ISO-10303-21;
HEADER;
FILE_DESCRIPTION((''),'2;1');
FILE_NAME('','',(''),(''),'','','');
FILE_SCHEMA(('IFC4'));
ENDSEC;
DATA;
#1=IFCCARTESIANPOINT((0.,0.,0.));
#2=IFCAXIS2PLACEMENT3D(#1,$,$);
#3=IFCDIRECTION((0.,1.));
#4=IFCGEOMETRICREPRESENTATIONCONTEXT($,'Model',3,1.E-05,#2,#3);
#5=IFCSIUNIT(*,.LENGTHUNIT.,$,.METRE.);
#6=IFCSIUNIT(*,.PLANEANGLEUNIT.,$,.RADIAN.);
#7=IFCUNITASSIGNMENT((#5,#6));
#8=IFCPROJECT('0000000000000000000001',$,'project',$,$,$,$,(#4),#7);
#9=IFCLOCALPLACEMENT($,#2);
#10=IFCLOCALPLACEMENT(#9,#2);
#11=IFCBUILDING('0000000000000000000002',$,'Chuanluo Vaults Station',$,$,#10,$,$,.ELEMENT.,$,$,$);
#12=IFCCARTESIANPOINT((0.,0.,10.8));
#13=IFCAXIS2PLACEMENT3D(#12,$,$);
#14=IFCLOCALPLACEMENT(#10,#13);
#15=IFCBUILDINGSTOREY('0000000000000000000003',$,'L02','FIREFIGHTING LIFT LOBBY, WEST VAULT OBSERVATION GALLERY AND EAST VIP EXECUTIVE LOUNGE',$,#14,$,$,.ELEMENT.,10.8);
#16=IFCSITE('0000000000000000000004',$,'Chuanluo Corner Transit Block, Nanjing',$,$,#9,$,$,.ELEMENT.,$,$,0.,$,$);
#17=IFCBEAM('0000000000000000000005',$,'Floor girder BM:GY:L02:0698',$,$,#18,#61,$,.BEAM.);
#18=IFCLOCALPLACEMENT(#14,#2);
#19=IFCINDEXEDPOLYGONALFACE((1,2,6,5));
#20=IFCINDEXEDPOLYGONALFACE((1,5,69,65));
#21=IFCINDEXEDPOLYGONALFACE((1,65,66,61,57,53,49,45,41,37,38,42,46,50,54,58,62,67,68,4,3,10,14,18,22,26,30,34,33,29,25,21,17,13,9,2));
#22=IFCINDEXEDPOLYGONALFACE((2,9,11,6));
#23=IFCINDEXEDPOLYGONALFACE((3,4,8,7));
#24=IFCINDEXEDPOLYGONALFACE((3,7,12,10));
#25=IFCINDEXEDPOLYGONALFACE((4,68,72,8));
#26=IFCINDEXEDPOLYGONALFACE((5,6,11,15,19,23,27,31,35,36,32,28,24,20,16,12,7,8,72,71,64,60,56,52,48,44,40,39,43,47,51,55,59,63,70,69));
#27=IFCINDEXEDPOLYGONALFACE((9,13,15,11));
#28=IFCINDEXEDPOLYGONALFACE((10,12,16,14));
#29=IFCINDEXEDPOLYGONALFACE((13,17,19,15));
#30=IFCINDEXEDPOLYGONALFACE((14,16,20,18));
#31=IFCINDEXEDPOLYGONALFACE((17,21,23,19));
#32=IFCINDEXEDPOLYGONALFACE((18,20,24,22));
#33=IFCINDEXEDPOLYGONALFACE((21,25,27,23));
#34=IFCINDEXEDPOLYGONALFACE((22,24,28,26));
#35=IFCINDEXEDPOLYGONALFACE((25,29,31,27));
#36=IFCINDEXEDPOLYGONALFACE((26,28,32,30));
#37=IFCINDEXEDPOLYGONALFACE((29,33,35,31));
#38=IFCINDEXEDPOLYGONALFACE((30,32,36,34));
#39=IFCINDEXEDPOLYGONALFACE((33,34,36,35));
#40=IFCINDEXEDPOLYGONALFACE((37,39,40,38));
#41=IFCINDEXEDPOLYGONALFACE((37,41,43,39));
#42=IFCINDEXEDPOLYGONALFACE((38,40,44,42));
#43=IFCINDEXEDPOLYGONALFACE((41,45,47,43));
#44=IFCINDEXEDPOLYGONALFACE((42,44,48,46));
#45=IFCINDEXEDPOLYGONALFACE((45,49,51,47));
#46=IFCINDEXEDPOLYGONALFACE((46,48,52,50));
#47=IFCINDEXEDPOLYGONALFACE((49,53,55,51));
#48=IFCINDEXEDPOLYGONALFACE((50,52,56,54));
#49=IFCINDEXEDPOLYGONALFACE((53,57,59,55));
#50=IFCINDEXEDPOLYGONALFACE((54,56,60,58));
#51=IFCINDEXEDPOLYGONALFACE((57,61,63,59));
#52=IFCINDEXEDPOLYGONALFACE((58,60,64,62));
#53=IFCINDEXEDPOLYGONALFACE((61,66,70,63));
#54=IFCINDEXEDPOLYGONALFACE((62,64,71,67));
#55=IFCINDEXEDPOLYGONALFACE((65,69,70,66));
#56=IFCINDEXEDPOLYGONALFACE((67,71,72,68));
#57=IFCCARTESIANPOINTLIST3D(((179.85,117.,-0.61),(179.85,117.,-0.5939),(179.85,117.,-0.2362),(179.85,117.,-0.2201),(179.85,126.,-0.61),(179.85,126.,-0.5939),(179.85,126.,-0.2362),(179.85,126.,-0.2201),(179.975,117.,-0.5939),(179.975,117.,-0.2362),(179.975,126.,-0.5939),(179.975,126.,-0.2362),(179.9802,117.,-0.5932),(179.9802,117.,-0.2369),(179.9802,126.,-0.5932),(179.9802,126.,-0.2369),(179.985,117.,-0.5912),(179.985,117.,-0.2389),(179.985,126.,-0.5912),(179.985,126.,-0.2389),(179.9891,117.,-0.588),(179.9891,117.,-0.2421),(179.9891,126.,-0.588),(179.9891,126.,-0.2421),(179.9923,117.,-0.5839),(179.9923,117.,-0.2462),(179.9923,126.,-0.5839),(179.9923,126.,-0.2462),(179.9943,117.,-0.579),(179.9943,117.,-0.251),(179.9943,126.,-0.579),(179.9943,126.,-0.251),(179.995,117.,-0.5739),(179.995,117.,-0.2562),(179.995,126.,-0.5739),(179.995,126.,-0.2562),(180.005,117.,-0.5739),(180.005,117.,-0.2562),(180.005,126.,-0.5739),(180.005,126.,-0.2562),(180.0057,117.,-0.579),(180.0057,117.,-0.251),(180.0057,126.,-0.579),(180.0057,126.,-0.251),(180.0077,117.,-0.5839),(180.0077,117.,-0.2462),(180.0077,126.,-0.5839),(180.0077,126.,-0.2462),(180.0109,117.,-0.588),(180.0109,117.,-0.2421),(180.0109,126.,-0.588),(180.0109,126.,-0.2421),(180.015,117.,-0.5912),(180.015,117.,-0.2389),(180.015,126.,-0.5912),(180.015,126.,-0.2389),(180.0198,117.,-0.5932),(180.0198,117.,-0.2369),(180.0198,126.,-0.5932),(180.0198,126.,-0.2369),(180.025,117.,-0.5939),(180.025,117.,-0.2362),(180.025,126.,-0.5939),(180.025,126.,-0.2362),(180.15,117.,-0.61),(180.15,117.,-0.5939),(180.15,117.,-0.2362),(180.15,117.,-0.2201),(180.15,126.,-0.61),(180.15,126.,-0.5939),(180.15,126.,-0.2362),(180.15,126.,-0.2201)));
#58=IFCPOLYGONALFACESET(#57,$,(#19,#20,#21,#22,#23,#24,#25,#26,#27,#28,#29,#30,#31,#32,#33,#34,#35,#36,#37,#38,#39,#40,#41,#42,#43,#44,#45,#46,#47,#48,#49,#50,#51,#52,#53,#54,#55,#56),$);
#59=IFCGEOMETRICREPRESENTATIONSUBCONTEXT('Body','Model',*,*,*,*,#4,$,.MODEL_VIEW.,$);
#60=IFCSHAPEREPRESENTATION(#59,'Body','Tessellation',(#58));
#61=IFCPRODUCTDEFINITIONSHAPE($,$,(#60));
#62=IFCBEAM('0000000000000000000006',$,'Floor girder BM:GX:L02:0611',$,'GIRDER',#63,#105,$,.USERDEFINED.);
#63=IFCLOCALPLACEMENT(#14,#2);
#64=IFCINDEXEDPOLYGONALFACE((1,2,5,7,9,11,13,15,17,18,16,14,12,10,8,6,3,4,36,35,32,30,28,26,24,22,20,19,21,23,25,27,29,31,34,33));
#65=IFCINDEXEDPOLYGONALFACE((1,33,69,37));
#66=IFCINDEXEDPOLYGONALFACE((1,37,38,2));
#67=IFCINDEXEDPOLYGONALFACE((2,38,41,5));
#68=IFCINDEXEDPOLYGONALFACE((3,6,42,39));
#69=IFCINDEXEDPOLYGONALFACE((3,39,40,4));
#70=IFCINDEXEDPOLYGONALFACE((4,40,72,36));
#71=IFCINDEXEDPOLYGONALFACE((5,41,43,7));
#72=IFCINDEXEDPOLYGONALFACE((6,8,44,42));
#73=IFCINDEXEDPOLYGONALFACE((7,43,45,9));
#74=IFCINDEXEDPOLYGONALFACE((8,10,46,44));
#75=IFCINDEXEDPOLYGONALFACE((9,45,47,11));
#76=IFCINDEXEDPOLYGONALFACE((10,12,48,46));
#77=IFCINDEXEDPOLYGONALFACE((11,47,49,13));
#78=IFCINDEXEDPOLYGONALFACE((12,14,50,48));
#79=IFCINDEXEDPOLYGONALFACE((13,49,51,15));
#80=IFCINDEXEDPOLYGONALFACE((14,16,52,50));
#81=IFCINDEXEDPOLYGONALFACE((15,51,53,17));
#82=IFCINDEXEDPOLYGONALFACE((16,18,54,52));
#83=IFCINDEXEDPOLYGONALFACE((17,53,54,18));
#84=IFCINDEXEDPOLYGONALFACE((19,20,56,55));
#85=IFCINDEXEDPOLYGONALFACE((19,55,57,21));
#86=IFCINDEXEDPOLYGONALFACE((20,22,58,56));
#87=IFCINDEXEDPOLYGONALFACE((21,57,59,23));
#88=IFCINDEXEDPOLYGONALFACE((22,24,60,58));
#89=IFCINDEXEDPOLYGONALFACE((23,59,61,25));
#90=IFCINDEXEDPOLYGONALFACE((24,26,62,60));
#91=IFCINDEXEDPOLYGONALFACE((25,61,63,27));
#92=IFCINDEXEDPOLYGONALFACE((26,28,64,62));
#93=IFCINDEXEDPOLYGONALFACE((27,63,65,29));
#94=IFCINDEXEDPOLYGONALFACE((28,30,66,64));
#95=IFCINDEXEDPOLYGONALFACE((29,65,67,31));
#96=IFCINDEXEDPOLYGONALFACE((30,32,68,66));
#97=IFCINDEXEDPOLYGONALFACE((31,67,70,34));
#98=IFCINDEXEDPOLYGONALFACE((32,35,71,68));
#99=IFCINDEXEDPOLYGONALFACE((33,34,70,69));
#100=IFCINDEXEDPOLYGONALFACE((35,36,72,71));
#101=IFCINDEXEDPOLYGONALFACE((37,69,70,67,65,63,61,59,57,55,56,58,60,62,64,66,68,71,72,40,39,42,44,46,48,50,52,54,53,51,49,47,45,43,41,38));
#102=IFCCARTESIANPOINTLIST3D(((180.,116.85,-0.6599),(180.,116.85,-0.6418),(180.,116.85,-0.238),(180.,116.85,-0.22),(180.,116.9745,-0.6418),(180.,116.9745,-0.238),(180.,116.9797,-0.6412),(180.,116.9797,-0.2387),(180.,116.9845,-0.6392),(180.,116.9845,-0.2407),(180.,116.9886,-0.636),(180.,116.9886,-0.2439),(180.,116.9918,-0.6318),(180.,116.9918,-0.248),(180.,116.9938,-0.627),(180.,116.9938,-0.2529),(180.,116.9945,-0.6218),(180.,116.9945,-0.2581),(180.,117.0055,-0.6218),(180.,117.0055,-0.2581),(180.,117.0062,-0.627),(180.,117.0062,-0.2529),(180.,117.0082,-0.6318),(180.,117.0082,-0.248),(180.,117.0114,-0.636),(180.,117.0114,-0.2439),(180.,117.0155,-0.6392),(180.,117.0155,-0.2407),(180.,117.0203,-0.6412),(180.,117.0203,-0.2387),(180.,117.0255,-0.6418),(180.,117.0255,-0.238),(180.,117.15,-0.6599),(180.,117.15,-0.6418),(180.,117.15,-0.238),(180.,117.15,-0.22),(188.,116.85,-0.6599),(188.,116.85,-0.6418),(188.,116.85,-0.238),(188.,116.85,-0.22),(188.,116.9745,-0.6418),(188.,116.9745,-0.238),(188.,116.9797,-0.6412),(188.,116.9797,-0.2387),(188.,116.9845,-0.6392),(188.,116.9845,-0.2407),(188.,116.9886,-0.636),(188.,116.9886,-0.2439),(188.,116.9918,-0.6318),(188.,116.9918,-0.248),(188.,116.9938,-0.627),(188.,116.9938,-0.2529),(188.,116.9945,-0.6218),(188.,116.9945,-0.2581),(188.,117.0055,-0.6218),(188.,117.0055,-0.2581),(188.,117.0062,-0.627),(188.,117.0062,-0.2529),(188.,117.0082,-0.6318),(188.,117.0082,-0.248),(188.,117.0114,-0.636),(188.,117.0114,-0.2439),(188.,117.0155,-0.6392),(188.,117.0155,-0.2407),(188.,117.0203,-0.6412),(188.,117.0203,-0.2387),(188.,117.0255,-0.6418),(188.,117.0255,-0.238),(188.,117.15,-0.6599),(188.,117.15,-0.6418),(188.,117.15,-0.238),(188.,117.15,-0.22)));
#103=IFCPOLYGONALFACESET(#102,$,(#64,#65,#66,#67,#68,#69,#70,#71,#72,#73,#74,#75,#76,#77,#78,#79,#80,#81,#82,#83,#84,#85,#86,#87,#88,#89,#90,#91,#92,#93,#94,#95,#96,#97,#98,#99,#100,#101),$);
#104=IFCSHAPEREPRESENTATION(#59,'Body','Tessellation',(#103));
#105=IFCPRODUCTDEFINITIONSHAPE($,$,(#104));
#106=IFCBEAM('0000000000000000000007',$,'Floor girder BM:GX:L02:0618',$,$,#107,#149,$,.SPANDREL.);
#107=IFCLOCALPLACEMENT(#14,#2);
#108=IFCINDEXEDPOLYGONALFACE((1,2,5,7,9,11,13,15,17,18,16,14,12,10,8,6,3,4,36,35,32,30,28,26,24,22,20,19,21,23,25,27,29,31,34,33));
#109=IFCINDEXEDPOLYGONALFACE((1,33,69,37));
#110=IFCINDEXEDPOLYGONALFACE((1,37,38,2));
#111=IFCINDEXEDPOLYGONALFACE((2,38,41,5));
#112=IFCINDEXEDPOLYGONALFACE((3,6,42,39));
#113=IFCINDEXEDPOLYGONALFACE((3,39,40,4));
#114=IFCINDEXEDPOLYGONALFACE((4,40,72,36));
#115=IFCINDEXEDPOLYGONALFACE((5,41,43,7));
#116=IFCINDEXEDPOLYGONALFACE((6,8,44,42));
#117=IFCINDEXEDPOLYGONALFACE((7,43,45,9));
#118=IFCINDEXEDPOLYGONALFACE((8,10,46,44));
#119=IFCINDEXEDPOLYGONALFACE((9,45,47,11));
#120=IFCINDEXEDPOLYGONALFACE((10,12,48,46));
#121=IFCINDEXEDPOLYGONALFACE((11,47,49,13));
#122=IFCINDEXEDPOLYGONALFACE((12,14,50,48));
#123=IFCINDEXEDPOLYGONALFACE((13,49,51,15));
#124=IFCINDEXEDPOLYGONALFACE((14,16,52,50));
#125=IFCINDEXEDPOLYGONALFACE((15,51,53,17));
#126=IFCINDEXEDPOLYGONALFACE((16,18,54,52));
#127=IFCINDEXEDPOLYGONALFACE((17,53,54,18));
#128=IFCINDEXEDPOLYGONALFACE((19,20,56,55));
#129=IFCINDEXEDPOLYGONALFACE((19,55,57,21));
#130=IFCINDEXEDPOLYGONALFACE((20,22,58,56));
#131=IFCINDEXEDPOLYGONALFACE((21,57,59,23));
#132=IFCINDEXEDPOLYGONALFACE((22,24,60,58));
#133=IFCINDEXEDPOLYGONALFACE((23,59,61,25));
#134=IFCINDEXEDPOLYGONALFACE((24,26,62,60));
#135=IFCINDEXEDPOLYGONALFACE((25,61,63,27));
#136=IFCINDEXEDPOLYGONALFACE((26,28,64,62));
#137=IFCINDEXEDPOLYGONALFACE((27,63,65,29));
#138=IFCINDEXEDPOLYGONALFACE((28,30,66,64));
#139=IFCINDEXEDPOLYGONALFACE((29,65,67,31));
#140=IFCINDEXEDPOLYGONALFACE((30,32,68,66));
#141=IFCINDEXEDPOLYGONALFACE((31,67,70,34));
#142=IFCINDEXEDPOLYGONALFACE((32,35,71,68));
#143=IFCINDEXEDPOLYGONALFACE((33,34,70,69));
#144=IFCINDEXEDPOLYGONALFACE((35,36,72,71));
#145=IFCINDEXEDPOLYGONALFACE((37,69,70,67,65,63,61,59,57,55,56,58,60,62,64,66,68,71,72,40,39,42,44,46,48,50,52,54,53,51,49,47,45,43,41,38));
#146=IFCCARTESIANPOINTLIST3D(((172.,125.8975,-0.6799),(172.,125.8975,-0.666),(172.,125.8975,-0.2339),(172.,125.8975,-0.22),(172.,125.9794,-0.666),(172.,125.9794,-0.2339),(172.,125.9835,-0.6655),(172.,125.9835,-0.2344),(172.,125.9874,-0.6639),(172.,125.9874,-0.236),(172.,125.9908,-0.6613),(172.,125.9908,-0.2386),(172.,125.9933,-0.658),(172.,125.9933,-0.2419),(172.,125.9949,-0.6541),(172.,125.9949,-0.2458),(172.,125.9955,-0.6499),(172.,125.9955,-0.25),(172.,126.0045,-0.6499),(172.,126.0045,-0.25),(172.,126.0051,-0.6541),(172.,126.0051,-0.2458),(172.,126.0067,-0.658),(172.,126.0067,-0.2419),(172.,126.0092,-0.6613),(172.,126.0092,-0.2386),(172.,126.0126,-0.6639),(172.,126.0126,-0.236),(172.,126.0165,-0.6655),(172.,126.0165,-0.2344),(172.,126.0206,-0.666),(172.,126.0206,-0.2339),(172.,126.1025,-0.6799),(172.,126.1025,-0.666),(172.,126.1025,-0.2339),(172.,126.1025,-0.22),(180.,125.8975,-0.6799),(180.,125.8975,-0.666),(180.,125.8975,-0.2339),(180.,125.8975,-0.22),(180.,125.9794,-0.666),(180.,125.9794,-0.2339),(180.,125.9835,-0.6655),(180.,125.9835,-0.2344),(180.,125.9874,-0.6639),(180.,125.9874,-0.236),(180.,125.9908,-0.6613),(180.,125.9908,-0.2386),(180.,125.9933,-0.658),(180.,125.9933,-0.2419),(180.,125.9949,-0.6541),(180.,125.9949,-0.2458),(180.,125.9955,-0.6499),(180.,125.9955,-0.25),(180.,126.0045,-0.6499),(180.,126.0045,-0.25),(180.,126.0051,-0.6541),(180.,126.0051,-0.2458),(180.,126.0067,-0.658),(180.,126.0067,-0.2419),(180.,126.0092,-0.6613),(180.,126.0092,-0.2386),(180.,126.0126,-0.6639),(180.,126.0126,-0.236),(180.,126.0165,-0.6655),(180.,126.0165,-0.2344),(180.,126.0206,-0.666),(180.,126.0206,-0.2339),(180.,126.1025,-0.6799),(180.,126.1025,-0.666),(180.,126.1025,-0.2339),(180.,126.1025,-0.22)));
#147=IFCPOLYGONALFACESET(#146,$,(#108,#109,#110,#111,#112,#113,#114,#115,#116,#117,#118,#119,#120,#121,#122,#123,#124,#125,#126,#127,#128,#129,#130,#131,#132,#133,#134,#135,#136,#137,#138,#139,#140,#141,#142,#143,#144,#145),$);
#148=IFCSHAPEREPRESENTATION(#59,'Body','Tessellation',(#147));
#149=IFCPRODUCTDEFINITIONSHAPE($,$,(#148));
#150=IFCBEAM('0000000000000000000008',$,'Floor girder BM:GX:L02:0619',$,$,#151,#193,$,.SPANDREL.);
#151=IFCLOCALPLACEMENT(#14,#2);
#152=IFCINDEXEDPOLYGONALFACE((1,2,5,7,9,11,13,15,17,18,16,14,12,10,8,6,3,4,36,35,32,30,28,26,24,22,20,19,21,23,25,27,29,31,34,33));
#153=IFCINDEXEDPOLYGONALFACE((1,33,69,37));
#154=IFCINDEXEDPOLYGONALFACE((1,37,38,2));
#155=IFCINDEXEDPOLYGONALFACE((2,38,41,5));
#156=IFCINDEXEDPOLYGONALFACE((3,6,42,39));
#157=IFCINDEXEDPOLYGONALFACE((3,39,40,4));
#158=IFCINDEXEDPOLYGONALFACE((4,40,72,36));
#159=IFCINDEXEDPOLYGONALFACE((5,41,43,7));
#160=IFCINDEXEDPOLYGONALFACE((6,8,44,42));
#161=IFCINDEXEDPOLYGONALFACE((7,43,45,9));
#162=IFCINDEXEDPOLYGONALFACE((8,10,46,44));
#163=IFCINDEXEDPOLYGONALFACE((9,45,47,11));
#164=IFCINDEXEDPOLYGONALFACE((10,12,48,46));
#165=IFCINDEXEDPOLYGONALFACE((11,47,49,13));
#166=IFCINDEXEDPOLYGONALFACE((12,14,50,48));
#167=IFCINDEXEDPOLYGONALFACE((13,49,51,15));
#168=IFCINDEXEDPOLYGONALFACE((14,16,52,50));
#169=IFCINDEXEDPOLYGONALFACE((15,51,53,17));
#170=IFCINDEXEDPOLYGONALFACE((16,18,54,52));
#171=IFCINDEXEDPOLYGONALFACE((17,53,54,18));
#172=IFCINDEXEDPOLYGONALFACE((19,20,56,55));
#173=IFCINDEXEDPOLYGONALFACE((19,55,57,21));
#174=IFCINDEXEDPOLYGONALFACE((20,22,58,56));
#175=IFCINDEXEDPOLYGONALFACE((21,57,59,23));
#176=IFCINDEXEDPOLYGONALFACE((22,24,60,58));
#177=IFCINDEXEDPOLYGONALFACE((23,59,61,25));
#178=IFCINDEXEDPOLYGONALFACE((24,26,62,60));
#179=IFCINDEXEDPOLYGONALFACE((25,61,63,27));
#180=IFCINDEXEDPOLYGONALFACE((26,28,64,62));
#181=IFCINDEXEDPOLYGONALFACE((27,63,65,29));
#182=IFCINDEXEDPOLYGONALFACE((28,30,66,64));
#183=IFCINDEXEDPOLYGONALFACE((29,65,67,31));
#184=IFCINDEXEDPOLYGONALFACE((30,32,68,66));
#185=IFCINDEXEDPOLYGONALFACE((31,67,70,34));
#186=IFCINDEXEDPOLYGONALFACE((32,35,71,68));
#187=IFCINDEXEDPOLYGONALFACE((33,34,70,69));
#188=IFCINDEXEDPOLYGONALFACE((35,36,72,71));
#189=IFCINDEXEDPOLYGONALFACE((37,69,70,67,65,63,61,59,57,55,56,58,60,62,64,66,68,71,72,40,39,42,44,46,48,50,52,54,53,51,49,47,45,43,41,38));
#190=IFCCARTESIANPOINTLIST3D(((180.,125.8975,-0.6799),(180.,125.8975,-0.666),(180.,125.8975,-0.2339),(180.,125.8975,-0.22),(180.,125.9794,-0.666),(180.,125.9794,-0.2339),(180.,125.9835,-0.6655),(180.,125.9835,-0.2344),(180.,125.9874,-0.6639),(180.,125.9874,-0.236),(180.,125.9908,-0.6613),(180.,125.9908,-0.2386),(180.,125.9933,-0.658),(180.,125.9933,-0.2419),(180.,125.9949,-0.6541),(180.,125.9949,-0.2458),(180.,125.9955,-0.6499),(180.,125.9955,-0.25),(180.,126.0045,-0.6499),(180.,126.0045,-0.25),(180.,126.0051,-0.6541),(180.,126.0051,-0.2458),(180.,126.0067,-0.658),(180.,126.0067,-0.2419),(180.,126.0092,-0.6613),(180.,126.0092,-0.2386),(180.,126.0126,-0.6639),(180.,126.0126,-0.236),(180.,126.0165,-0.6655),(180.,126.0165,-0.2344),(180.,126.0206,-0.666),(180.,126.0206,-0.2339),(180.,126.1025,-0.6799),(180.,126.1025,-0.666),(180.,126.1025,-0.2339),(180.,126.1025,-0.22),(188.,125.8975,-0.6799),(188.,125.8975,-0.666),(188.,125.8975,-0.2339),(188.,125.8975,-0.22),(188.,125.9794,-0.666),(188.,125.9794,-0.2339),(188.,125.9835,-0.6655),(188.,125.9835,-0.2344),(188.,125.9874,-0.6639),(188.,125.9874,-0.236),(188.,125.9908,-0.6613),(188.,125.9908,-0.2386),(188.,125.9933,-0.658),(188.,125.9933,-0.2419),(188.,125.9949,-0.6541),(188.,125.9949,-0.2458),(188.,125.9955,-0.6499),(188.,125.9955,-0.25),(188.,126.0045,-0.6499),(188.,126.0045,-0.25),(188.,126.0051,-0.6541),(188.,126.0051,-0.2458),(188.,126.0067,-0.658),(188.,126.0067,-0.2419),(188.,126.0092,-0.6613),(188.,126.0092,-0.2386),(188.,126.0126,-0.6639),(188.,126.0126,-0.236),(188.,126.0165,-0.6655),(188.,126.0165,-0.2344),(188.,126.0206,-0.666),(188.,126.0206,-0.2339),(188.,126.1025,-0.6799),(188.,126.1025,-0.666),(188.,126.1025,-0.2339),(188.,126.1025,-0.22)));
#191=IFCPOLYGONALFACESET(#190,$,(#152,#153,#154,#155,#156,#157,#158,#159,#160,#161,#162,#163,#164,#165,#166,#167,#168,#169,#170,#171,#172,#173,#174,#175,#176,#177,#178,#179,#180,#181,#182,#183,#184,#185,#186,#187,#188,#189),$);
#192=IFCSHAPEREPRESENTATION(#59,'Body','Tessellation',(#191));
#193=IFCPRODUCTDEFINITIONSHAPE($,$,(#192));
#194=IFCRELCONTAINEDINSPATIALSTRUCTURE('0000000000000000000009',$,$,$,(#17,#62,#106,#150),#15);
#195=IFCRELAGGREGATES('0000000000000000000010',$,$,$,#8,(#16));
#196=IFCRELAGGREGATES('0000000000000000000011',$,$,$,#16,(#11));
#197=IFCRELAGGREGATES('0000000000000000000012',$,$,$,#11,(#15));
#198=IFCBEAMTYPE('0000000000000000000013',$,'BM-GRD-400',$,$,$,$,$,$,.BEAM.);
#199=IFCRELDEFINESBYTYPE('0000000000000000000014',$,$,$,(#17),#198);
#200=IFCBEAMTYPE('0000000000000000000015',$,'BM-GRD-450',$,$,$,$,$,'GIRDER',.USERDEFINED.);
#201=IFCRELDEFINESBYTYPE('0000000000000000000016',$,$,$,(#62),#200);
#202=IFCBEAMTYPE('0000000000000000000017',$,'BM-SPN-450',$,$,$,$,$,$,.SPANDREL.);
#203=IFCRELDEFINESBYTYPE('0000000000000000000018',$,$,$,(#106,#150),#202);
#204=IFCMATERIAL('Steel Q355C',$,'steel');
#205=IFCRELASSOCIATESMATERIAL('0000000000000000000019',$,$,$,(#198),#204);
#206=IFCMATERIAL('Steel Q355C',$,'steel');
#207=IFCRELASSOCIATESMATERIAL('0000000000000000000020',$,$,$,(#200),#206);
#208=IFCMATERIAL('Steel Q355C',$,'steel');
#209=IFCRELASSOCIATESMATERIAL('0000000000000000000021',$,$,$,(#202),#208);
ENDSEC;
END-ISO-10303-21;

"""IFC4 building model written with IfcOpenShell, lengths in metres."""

from ifc_helpers import new_model, si_unit, direction, frame, origin, origin_2d, place, context, subcontext, project, spatial, i_section, extrude, material, material_profile, profile_set, type_object, element, save


model = new_model("IFC4")

# Units and contexts
model_context = context("Model", 3, precision=1e-05, world=origin(), true_north=direction((0.0, 1.0)))
body_context = subcontext(model_context, "Body", "Model", "MODEL_VIEW")
ifc_project = project(units=[si_unit("LENGTHUNIT", "METRE"), si_unit("PLANEANGLEUNIT", "RADIAN")], contexts=[model_context])

# Site, building, storey
site_placement = place(None, origin())
site = spatial("IfcSite", under=ifc_project, at=site_placement, Name="Chuanluo Corner Transit Block, Nanjing", CompositionType="ELEMENT", RefElevation=0.0)
building_placement = place(site_placement, origin())
building = spatial("IfcBuilding", under=site, at=building_placement, Name="Chuanluo Vaults Station", CompositionType="ELEMENT")
storey_placement = place(building_placement, frame((0.0, 0.0, 10.8)))
storey = spatial("IfcBuildingStorey", under=building, at=storey_placement, Name="L02", Description="FIREFIGHTING LIFT LOBBY, WEST VAULT OBSERVATION GALLERY AND EAST VIP EXECUTIVE LOUNGE", CompositionType="ELEMENT", Elevation=10.8)

# Beams
ifc_material_1 = material(Name="Steel Q355C", Category="steel")
ifc_material_profile_1 = material_profile(ifc_material_1, i_section(OverallWidth=0.3, OverallDepth=0.3899, WebThickness=0.01, FlangeThickness=0.0161, FilletRadius=0.02, at=origin_2d()))
ifc_profile_set_1 = profile_set([ifc_material_profile_1], Name="Steel Q355C")
beam_type_1 = type_object("IfcBeamType", Name="BM-GRD-400", PredefinedType="BEAM", material=ifc_profile_set_1)
for number, where, z_axis, x_axis, name in (
    (1, (180.0, 117.0, -0.415), (0.0, 1.0, 0.0), (-1.0, 0.0, 0.0), "Floor girder BM:GY:L02:0698"),
):
    element("IfcBeam", number, at=place(storey_placement, frame(where, z_axis=z_axis, x_axis=x_axis)), inside=storey, type_object=beam_type_1, Name=name, PredefinedType="BEAM", context=body_context, shape_type="SweptSolid", body=[
        extrude(i_section(OverallWidth=0.3, OverallDepth=0.3899, WebThickness=0.01, FlangeThickness=0.0161, FilletRadius=0.02, at=origin_2d()), origin(), (0.0, 0.0, 1.0), 9.0),
    ])
ifc_material_2 = material(Name="Steel Q355C", Category="steel")
ifc_material_profile_2 = material_profile(ifc_material_2, i_section(OverallWidth=0.3, OverallDepth=0.4399, WebThickness=0.011, FlangeThickness=0.0181, FilletRadius=0.02, at=origin_2d()))
ifc_profile_set_2 = profile_set([ifc_material_profile_2], Name="Steel Q355C")
beam_type_2 = type_object("IfcBeamType", Name="BM-GRD-450", ElementType="GIRDER", PredefinedType="USERDEFINED", material=ifc_profile_set_2)
beam_placement = place(storey_placement, frame((180.0, 117.0, -0.4399), z_axis=(1.0, 0.0, 0.0), x_axis=(0.0, 1.0, 0.0)))
element("IfcBeam", 2, at=beam_placement, inside=storey, type_object=beam_type_2, Name="Floor girder BM:GX:L02:0611", ObjectType="GIRDER", PredefinedType="USERDEFINED", context=body_context, shape_type="SweptSolid", body=[
    extrude(i_section(OverallWidth=0.3, OverallDepth=0.4399, WebThickness=0.011, FlangeThickness=0.0181, FilletRadius=0.02, at=origin_2d()), origin(), (0.0, 0.0, 1.0), 8.0),
])
ifc_material_3 = material(Name="Steel Q355C", Category="steel")
ifc_material_profile_3 = material_profile(ifc_material_3, i_section(OverallWidth=0.2051, OverallDepth=0.46, WebThickness=0.009, FlangeThickness=0.0139, FilletRadius=0.0161, at=origin_2d()))
ifc_profile_set_3 = profile_set([ifc_material_profile_3], Name="Steel Q355C")
beam_type_3 = type_object("IfcBeamType", Name="BM-SPN-450", PredefinedType="SPANDREL", material=ifc_profile_set_3)
for number, where, z_axis, x_axis, name in (
    (3, (172.0, 126.0, -0.45), (1.0, 0.0, 0.0), (0.0, 1.0, 0.0), "Floor girder BM:GX:L02:0618"),
    (4, (180.0, 126.0, -0.45), (1.0, 0.0, 0.0), (0.0, 1.0, 0.0), "Floor girder BM:GX:L02:0619"),
):
    element("IfcBeam", number, at=place(storey_placement, frame(where, z_axis=z_axis, x_axis=x_axis)), inside=storey, type_object=beam_type_3, Name=name, PredefinedType="SPANDREL", context=body_context, shape_type="SweptSolid", body=[
        extrude(i_section(OverallWidth=0.2051, OverallDepth=0.46, WebThickness=0.009, FlangeThickness=0.0139, FilletRadius=0.0161, at=origin_2d()), origin(), (0.0, 0.0, 1.0), 8.0),
    ])

save(model, "model.ifc")
